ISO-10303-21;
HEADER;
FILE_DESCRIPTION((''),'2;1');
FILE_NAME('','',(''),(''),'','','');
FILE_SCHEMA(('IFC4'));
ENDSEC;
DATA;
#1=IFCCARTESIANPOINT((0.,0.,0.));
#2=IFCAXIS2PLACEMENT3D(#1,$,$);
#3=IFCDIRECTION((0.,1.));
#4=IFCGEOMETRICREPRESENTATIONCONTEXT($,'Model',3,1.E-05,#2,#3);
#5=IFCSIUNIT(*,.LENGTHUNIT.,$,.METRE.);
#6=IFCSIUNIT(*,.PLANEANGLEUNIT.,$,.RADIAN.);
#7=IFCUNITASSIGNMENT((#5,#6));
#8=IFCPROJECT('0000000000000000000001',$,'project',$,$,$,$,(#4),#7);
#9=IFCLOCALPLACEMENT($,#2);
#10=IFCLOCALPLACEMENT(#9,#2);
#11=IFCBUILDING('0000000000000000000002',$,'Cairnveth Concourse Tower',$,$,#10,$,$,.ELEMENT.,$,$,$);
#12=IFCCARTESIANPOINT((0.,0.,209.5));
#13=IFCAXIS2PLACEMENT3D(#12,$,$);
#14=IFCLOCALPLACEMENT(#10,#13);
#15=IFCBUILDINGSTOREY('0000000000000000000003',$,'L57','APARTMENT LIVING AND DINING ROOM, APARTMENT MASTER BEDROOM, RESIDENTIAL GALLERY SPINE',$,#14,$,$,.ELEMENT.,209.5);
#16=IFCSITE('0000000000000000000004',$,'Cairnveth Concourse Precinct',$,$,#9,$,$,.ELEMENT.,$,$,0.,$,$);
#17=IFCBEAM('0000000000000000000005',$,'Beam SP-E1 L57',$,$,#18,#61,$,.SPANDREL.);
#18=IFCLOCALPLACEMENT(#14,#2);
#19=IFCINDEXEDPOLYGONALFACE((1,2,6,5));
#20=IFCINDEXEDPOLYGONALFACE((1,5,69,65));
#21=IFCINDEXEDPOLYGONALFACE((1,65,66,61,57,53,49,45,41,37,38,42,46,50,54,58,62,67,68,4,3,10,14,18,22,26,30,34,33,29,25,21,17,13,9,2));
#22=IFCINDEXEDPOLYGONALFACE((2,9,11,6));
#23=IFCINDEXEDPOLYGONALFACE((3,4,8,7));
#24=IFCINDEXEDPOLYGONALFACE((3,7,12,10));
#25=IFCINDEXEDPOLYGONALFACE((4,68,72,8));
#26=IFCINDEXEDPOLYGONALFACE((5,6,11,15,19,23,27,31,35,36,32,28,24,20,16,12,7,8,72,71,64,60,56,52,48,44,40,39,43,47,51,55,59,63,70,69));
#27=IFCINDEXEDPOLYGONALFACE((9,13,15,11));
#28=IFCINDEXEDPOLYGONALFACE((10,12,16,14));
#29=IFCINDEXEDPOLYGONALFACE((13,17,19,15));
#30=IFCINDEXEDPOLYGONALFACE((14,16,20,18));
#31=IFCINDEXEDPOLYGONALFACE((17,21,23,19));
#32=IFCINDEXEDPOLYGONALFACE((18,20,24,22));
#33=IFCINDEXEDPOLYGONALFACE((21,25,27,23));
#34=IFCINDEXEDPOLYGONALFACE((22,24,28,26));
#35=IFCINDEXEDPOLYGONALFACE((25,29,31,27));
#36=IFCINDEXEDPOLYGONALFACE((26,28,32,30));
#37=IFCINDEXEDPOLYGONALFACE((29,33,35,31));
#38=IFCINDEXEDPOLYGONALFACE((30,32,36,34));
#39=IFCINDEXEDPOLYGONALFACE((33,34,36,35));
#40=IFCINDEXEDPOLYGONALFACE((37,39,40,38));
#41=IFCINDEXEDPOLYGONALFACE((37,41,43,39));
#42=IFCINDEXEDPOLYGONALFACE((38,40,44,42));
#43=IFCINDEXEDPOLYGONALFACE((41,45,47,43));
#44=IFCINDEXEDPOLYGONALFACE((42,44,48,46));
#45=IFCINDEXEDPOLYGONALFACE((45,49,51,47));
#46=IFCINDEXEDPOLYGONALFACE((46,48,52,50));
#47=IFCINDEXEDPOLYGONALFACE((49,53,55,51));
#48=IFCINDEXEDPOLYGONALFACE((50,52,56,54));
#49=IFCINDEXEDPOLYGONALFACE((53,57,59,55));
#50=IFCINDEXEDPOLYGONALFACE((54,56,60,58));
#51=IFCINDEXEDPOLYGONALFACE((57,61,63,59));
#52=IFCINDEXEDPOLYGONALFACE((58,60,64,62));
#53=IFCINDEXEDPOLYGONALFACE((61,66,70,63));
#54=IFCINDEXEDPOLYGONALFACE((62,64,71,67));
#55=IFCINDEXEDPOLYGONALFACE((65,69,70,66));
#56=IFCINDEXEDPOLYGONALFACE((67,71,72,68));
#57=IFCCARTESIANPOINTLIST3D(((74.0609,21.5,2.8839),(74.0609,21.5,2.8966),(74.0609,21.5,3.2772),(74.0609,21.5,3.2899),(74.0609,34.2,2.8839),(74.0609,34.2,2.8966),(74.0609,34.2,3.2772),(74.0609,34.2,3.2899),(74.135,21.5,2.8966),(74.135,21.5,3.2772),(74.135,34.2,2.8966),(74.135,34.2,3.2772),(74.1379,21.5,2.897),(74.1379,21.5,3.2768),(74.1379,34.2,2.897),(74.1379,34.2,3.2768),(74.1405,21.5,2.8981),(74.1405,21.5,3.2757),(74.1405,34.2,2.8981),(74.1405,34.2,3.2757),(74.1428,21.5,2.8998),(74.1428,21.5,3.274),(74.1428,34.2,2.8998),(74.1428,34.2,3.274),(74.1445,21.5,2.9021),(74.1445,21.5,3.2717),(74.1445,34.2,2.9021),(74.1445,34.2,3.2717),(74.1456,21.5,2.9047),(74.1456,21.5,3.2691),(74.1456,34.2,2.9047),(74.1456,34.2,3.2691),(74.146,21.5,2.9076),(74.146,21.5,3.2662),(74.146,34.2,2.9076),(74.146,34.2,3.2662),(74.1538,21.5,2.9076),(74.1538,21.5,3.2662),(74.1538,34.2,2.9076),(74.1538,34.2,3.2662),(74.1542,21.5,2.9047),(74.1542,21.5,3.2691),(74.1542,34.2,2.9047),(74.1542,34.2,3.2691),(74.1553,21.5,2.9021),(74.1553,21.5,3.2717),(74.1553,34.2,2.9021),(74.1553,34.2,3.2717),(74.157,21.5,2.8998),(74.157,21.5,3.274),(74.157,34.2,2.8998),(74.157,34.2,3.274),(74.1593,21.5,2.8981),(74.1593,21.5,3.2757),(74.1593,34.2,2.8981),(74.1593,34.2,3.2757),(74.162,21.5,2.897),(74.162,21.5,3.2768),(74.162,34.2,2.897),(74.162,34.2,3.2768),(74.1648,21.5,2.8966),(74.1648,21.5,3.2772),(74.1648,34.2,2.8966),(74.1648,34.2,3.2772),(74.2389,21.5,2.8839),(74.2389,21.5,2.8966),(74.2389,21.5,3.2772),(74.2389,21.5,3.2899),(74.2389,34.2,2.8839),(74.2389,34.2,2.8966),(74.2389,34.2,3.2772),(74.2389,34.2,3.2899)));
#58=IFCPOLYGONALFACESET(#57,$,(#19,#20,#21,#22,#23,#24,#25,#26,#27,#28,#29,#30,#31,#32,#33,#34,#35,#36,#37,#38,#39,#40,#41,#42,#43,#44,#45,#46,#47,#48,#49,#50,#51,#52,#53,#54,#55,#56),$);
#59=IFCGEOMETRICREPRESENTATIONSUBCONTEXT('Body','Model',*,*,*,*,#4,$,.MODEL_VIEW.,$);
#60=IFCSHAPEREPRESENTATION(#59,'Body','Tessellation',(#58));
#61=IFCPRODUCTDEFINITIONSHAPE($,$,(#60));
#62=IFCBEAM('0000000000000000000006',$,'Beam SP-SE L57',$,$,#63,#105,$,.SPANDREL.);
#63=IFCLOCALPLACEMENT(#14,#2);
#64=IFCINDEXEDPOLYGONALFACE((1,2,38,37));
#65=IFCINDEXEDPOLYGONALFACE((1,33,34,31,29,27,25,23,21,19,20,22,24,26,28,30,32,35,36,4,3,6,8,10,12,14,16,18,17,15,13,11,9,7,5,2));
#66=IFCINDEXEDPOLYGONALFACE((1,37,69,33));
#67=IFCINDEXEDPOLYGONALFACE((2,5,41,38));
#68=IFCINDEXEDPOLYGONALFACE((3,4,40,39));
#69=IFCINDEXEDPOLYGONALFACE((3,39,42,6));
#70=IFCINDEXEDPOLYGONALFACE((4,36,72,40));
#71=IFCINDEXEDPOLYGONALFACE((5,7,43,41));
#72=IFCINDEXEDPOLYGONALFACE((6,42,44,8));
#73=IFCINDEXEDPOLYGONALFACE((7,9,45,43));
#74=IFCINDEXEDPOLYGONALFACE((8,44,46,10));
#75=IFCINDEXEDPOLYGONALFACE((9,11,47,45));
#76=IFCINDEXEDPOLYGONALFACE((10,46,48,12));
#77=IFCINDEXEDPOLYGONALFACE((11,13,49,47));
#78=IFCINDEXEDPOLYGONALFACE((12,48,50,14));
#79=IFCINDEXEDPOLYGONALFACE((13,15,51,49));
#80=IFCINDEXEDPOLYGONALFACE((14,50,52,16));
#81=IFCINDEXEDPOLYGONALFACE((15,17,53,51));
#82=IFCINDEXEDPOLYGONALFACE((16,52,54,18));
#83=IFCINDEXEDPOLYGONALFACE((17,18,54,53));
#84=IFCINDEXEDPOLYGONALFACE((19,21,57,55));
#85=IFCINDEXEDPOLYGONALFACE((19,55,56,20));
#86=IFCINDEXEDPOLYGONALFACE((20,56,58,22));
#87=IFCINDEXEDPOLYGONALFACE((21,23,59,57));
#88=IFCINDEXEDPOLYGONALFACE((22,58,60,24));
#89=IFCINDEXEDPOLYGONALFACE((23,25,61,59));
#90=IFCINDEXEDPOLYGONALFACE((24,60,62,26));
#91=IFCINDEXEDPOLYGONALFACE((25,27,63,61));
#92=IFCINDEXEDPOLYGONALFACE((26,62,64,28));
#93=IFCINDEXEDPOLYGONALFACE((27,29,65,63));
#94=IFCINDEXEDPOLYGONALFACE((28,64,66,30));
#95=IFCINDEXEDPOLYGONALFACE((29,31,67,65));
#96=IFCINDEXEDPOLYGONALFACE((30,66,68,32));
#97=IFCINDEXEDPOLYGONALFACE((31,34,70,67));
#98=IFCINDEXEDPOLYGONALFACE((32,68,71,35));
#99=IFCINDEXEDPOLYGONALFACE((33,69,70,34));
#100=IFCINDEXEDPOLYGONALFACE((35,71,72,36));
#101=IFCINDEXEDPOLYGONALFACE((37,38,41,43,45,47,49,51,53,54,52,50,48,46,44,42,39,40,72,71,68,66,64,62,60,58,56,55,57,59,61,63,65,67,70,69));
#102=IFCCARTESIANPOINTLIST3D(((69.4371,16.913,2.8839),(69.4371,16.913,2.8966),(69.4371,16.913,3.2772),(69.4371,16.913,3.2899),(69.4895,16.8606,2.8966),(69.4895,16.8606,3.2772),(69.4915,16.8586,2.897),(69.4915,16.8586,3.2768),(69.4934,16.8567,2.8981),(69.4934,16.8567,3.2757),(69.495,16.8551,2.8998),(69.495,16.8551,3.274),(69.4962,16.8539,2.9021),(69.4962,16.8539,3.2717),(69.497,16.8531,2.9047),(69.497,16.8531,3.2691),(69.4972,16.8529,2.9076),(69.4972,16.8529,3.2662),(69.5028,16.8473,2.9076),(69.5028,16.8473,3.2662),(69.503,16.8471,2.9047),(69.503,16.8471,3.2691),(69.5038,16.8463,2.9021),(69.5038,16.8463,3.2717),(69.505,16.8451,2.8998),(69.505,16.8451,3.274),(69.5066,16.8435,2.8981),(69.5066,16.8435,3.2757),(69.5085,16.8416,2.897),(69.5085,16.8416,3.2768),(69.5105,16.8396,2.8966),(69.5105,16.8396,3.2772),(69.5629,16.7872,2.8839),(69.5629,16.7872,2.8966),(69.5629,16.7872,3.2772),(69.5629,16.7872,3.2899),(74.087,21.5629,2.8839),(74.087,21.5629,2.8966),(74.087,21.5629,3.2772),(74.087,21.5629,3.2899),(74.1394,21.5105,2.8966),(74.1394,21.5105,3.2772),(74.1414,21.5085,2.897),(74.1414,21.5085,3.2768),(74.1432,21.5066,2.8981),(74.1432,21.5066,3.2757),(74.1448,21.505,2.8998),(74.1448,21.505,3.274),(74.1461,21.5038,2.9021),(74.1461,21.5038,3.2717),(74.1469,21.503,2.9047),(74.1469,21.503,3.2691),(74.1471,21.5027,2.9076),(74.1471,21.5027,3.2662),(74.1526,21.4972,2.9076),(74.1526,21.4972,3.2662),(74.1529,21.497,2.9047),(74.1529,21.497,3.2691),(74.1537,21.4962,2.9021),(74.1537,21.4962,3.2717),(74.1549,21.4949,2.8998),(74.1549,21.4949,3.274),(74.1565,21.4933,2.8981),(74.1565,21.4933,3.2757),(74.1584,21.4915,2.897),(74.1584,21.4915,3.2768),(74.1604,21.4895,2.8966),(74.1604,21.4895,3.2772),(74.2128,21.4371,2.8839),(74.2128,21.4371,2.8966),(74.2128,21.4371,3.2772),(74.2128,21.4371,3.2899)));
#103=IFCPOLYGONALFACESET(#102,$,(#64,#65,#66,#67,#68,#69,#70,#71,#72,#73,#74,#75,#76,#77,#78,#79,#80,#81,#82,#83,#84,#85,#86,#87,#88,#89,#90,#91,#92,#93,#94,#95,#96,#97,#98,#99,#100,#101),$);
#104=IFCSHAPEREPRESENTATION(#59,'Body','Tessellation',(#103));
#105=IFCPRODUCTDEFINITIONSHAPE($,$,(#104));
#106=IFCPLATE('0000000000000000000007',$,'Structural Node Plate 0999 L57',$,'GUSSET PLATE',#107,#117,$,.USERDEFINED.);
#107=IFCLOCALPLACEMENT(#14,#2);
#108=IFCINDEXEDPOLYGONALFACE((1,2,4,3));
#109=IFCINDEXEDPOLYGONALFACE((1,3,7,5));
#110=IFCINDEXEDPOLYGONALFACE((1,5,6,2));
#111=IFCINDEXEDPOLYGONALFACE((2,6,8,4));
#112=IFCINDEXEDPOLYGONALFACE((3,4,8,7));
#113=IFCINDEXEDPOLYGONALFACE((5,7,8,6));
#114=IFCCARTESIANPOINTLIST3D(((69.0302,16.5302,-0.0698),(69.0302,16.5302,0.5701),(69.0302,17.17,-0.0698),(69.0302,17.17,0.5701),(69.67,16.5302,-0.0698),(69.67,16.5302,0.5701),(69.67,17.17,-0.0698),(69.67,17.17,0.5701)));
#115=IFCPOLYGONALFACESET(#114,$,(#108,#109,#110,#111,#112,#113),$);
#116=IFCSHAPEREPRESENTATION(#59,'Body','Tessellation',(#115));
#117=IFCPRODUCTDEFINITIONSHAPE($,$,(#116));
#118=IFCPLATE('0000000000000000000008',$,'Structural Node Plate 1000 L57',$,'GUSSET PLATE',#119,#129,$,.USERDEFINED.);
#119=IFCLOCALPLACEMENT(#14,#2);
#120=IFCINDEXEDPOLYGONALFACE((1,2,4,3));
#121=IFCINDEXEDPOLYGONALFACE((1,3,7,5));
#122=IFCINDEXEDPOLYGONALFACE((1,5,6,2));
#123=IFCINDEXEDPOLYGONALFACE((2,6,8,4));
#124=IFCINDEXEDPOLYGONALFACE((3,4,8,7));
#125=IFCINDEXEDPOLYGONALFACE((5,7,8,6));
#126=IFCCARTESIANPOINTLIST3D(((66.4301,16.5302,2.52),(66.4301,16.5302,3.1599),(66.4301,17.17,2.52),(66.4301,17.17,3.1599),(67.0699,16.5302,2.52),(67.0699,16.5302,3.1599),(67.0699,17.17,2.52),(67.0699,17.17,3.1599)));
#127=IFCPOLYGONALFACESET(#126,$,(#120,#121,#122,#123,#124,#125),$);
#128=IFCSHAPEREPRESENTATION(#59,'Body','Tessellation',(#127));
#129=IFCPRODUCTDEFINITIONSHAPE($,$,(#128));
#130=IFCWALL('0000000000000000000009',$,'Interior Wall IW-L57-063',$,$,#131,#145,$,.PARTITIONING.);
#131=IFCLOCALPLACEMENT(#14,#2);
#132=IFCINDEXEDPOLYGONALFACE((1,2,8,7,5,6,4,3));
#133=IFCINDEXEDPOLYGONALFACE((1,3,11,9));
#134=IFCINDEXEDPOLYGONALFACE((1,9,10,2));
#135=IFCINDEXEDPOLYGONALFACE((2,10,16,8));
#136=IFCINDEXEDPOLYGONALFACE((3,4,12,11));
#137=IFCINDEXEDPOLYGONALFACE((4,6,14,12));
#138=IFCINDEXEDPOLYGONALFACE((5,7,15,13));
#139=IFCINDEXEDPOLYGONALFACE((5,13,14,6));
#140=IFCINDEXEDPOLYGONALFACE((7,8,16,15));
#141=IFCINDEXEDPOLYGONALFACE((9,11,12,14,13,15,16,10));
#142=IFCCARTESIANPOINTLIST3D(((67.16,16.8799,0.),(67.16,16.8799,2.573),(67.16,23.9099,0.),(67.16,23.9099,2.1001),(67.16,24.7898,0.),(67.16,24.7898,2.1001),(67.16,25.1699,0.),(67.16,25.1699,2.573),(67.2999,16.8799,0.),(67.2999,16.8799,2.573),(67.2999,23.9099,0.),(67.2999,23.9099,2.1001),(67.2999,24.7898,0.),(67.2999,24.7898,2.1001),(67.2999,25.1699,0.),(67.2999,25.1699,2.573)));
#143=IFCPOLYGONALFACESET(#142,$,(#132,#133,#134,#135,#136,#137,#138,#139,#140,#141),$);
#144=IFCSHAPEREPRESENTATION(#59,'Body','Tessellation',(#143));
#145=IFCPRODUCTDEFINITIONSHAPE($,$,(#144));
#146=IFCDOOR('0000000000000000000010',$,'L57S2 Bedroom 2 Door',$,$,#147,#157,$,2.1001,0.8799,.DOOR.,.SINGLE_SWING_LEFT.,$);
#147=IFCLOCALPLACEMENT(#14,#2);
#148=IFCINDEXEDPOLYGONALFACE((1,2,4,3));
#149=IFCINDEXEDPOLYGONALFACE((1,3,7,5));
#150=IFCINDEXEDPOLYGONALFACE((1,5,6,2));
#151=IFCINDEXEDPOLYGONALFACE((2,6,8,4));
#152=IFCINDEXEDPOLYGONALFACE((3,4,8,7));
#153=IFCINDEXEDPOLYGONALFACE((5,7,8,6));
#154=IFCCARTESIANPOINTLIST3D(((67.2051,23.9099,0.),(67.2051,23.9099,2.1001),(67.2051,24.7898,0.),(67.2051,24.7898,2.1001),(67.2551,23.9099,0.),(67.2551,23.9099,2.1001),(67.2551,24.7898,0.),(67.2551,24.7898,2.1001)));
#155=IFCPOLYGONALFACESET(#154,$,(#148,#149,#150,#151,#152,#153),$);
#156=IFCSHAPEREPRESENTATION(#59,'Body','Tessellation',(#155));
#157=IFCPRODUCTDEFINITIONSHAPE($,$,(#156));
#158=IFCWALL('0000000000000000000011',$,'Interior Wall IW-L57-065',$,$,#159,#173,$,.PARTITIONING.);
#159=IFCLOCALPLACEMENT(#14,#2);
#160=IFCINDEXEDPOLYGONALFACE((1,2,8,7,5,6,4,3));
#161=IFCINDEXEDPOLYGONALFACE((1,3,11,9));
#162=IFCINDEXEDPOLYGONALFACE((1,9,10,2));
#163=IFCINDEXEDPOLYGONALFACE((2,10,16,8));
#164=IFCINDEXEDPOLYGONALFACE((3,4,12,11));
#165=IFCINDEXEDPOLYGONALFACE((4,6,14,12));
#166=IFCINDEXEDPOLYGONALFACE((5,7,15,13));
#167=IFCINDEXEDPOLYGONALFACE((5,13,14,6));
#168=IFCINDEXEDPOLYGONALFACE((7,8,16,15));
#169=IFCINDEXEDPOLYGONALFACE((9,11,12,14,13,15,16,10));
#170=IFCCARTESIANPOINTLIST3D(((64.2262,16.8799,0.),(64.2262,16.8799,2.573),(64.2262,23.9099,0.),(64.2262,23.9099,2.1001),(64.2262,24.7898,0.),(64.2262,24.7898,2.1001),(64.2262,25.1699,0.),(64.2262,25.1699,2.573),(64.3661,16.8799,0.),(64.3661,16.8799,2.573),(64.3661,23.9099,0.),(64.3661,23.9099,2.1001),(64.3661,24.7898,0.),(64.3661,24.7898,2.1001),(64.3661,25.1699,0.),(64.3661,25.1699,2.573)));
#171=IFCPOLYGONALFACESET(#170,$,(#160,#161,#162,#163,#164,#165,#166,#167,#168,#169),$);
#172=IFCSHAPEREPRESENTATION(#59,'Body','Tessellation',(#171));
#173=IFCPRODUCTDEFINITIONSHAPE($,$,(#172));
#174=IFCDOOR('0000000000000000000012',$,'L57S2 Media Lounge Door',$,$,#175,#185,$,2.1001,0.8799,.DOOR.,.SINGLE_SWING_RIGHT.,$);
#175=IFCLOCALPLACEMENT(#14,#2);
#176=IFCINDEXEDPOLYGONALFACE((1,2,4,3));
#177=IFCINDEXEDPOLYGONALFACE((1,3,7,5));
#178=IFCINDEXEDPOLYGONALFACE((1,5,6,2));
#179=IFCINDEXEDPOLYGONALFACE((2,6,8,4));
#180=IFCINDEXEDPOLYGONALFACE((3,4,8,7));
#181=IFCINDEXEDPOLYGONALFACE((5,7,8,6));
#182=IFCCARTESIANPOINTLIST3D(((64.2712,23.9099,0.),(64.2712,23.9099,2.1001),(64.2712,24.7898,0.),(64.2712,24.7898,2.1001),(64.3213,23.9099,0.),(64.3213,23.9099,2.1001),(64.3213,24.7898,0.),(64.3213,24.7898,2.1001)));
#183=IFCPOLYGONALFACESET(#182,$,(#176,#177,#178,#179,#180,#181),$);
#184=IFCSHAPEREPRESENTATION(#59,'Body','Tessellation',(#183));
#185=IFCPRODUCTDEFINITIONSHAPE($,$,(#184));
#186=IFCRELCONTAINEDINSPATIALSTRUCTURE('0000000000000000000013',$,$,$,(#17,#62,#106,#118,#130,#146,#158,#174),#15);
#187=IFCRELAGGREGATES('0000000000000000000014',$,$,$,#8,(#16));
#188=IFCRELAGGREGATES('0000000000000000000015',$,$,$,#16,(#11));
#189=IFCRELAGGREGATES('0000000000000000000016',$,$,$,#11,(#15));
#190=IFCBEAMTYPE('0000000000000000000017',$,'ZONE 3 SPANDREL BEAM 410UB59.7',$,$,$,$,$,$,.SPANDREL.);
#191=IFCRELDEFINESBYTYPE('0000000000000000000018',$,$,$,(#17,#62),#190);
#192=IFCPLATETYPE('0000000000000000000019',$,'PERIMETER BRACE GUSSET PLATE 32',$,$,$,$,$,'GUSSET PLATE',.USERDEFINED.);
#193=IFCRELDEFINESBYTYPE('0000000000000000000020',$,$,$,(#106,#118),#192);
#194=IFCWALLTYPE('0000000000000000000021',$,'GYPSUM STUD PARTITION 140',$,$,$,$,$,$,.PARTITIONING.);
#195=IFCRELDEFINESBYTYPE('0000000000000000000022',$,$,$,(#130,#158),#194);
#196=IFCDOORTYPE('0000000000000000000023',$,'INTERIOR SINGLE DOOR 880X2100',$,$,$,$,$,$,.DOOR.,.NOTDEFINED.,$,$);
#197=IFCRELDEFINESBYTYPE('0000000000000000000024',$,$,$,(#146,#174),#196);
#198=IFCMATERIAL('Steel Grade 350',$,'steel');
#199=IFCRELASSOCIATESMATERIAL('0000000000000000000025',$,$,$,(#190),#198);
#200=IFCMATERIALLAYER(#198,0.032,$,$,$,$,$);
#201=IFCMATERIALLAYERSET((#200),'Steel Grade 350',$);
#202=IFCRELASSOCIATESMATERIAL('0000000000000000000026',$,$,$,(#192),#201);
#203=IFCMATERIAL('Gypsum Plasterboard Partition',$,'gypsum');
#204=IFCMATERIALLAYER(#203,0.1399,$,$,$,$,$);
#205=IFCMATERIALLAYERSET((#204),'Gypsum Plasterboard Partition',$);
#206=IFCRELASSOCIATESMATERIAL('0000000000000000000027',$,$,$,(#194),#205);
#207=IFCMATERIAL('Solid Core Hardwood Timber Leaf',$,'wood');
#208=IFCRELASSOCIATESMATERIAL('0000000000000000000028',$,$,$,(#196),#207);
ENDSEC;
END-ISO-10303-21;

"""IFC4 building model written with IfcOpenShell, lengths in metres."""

from ifc_helpers import new_model, si_unit, direction, frame, frame_2d, origin, origin_2d, place, context, subcontext, project, spatial, rectangle, i_section, extrude, material, layer, layer_set, material_profile, profile_set, type_object, element, fill, save


model = new_model("IFC4")

# Units and contexts
model_context = context("Model", 3, precision=1e-05, world=origin(), true_north=direction((0.0, 1.0)))
body_context = subcontext(model_context, "Body", "Model", "MODEL_VIEW")
ifc_project = project(units=[si_unit("LENGTHUNIT", "METRE"), si_unit("PLANEANGLEUNIT", "RADIAN")], contexts=[model_context])

# Site, building, storey
site_placement = place(None, origin())
site = spatial("IfcSite", under=ifc_project, at=site_placement, Name="Cairnveth Concourse Precinct", CompositionType="ELEMENT", RefElevation=0.0)
building_placement = place(site_placement, origin())
building = spatial("IfcBuilding", under=site, at=building_placement, Name="Cairnveth Concourse Tower", CompositionType="ELEMENT")
storey_placement = place(building_placement, frame((0.0, 0.0, 209.5)))
storey = spatial("IfcBuildingStorey", under=building, at=storey_placement, Name="L57", Description="APARTMENT LIVING AND DINING ROOM, APARTMENT MASTER BEDROOM, RESIDENTIAL GALLERY SPINE", CompositionType="ELEMENT", Elevation=209.5)

# Shared definitions
ifc_material_1 = material(Name="Steel Grade 350", Category="steel")

# Beams
ifc_material_profile_1 = material_profile(ifc_material_1, i_section(OverallWidth=0.178, OverallDepth=0.406, WebThickness=0.0078, FlangeThickness=0.0127, FilletRadius=0.011, at=origin_2d()), Name="410UB59.7")
ifc_profile_set_1 = profile_set([ifc_material_profile_1], Name="Steel Grade 350")
beam_type_1 = type_object("IfcBeamType", Name="ZONE 3 SPANDREL BEAM 410UB59.7", PredefinedType="SPANDREL", material=ifc_profile_set_1)
beam_1_placement = place(storey_placement, frame((74.1499, 21.5, 3.0869), z_axis=(0.0, 1.0, 0.0), x_axis=(-1.0, 0.0, 0.0)))
element("IfcBeam", 1, at=beam_1_placement, inside=storey, type_object=beam_type_1, Name="Beam SP-E1 L57", PredefinedType="SPANDREL", context=body_context, shape_type="SweptSolid", body=[
    extrude(i_section(OverallWidth=0.178, OverallDepth=0.406, WebThickness=0.0078, FlangeThickness=0.0127, FilletRadius=0.011, at=origin_2d()), origin(), (0.0, 0.0, 1.0), 12.7),
])
beam_2_placement = place(storey_placement, frame((69.5, 16.8501, 3.0869), z_axis=(0.707107, 0.707107, 0.0), x_axis=(-0.707107, 0.707107, 0.0)))
element("IfcBeam", 2, at=beam_2_placement, inside=storey, type_object=beam_type_1, Name="Beam SP-SE L57", PredefinedType="SPANDREL", context=body_context, shape_type="SweptSolid", body=[
    extrude(i_section(OverallWidth=0.178, OverallDepth=0.406, WebThickness=0.0078, FlangeThickness=0.0127, FilletRadius=0.011, at=origin_2d()), origin(), (0.0, 0.0, 1.0), 6.5759),
])

# Plates
ifc_layer_1 = layer(ifc_material_1, 0.032)
ifc_layer_set_1 = layer_set([ifc_layer_1], Name="Steel Grade 350")
plate_type = type_object("IfcPlateType", Name="PERIMETER BRACE GUSSET PLATE 32", ElementType="GUSSET PLATE", PredefinedType="USERDEFINED", material=ifc_layer_set_1)
for number, where, z_axis, x_axis, name in (
    (3, (69.3501, 16.8501, -0.0698), (0.0, 0.0, 1.0), (1.0, 0.0, 0.0), "Structural Node Plate 0999 L57"),
    (4, (66.75, 16.8501, 2.52), (0.0, 0.0, 1.0), (1.0, 0.0, 0.0), "Structural Node Plate 1000 L57"),
):
    element("IfcPlate", number, at=place(storey_placement, frame(where, z_axis=z_axis, x_axis=x_axis)), inside=storey, type_object=plate_type, Name=name, ObjectType="GUSSET PLATE", PredefinedType="USERDEFINED", context=body_context, shape_type="SweptSolid", body=[
        extrude(rectangle(XDim=0.6399, YDim=0.6399, at=origin_2d()), origin(), (0.0, 0.0, 1.0), 0.6399),
    ])

# Walls, openings, doors
ifc_material_2 = material(Name="Gypsum Plasterboard Partition", Category="gypsum")
ifc_layer_2 = layer(ifc_material_2, 0.1399)
ifc_layer_set_2 = layer_set([ifc_layer_2], Name="Gypsum Plasterboard Partition")
wall_type_1 = type_object("IfcWallType", Name="GYPSUM STUD PARTITION 140", PredefinedType="PARTITIONING", material=ifc_layer_set_2)
wall_1_placement = place(storey_placement, frame((67.23, 16.8799, 0.0), z_axis=(0.0, 0.0, 1.0), x_axis=(0.0, 1.0, 0.0)))
wall_1 = element("IfcWall", 5, at=wall_1_placement, inside=storey, type_object=wall_type_1, Name="Interior Wall IW-L57-063", PredefinedType="PARTITIONING", context=body_context, shape_type="SweptSolid", body=[
    extrude(rectangle(XDim=8.29, YDim=0.1399, at=frame_2d((4.145, 0.0))), origin(), (0.0, 0.0, 1.0), 2.573),
])
opening_1_placement = place(wall_1_placement, frame((7.03, 0.0, 0.0)))
opening_1 = element("IfcOpeningElement", 6, at=opening_1_placement, cuts=wall_1, PredefinedType="OPENING", context=body_context, shape_type="SweptSolid", body=[
    extrude(rectangle(XDim=0.8799, YDim=2.1001, at=frame_2d((0.4399, 1.05))), frame((0.0, 0.0798, 0.0), z_axis=(0.0, -1.0, 0.0), x_axis=(1.0, 0.0, 0.0)), (0.0, 0.0, 1.0), 0.1599),
])
ifc_material_3 = material(Name="Solid Core Hardwood Timber Leaf", Category="wood")
door_type = type_object("IfcDoorType", Name="INTERIOR SINGLE DOOR 880X2100", OperationType="NOTDEFINED", PredefinedType="DOOR", material=ifc_material_3)
door_1_placement = place(opening_1_placement, origin())
door_1 = element("IfcDoor", 7, at=door_1_placement, inside=storey, type_object=door_type, Name="L57S2 Bedroom 2 Door", OperationType="SINGLE_SWING_LEFT", OverallHeight=2.1001, OverallWidth=0.8799, PredefinedType="DOOR", context=body_context, shape_type="SweptSolid", body=[
    extrude(rectangle(XDim=0.8799, YDim=2.1001, at=frame_2d((0.4399, 1.05))), frame((0.0, 0.0249, 0.0), z_axis=(0.0, -1.0, 0.0), x_axis=(1.0, 0.0, 0.0)), (0.0, 0.0, 1.0), 0.05),
])
fill(opening_1, door_1)
wall_2_placement = place(storey_placement, frame((64.2961, 16.8799, 0.0), z_axis=(0.0, 0.0, 1.0), x_axis=(0.0, 1.0, 0.0)))
wall_2 = element("IfcWall", 8, at=wall_2_placement, inside=storey, type_object=wall_type_1, Name="Interior Wall IW-L57-065", PredefinedType="PARTITIONING", context=body_context, shape_type="SweptSolid", body=[
    extrude(rectangle(XDim=8.29, YDim=0.1399, at=frame_2d((4.145, 0.0))), origin(), (0.0, 0.0, 1.0), 2.573),
])
opening_2_placement = place(wall_2_placement, frame((7.03, 0.0, 0.0)))
opening_2 = element("IfcOpeningElement", 9, at=opening_2_placement, cuts=wall_2, PredefinedType="OPENING", context=body_context, shape_type="SweptSolid", body=[
    extrude(rectangle(XDim=0.8799, YDim=2.1001, at=frame_2d((0.4399, 1.05))), frame((0.0, 0.0798, 0.0), z_axis=(0.0, -1.0, 0.0), x_axis=(1.0, 0.0, 0.0)), (0.0, 0.0, 1.0), 0.1599),
])
door_2_placement = place(opening_2_placement, origin())
door_2 = element("IfcDoor", 10, at=door_2_placement, inside=storey, type_object=door_type, Name="L57S2 Media Lounge Door", OperationType="SINGLE_SWING_RIGHT", OverallHeight=2.1001, OverallWidth=0.8799, PredefinedType="DOOR", context=body_context, shape_type="SweptSolid", body=[
    extrude(rectangle(XDim=0.8799, YDim=2.1001, at=frame_2d((0.4399, 1.05))), frame((0.0, 0.0249, 0.0), z_axis=(0.0, -1.0, 0.0), x_axis=(1.0, 0.0, 0.0)), (0.0, 0.0, 1.0), 0.05),
])
fill(opening_2, door_2)

save(model, "model.ifc")
